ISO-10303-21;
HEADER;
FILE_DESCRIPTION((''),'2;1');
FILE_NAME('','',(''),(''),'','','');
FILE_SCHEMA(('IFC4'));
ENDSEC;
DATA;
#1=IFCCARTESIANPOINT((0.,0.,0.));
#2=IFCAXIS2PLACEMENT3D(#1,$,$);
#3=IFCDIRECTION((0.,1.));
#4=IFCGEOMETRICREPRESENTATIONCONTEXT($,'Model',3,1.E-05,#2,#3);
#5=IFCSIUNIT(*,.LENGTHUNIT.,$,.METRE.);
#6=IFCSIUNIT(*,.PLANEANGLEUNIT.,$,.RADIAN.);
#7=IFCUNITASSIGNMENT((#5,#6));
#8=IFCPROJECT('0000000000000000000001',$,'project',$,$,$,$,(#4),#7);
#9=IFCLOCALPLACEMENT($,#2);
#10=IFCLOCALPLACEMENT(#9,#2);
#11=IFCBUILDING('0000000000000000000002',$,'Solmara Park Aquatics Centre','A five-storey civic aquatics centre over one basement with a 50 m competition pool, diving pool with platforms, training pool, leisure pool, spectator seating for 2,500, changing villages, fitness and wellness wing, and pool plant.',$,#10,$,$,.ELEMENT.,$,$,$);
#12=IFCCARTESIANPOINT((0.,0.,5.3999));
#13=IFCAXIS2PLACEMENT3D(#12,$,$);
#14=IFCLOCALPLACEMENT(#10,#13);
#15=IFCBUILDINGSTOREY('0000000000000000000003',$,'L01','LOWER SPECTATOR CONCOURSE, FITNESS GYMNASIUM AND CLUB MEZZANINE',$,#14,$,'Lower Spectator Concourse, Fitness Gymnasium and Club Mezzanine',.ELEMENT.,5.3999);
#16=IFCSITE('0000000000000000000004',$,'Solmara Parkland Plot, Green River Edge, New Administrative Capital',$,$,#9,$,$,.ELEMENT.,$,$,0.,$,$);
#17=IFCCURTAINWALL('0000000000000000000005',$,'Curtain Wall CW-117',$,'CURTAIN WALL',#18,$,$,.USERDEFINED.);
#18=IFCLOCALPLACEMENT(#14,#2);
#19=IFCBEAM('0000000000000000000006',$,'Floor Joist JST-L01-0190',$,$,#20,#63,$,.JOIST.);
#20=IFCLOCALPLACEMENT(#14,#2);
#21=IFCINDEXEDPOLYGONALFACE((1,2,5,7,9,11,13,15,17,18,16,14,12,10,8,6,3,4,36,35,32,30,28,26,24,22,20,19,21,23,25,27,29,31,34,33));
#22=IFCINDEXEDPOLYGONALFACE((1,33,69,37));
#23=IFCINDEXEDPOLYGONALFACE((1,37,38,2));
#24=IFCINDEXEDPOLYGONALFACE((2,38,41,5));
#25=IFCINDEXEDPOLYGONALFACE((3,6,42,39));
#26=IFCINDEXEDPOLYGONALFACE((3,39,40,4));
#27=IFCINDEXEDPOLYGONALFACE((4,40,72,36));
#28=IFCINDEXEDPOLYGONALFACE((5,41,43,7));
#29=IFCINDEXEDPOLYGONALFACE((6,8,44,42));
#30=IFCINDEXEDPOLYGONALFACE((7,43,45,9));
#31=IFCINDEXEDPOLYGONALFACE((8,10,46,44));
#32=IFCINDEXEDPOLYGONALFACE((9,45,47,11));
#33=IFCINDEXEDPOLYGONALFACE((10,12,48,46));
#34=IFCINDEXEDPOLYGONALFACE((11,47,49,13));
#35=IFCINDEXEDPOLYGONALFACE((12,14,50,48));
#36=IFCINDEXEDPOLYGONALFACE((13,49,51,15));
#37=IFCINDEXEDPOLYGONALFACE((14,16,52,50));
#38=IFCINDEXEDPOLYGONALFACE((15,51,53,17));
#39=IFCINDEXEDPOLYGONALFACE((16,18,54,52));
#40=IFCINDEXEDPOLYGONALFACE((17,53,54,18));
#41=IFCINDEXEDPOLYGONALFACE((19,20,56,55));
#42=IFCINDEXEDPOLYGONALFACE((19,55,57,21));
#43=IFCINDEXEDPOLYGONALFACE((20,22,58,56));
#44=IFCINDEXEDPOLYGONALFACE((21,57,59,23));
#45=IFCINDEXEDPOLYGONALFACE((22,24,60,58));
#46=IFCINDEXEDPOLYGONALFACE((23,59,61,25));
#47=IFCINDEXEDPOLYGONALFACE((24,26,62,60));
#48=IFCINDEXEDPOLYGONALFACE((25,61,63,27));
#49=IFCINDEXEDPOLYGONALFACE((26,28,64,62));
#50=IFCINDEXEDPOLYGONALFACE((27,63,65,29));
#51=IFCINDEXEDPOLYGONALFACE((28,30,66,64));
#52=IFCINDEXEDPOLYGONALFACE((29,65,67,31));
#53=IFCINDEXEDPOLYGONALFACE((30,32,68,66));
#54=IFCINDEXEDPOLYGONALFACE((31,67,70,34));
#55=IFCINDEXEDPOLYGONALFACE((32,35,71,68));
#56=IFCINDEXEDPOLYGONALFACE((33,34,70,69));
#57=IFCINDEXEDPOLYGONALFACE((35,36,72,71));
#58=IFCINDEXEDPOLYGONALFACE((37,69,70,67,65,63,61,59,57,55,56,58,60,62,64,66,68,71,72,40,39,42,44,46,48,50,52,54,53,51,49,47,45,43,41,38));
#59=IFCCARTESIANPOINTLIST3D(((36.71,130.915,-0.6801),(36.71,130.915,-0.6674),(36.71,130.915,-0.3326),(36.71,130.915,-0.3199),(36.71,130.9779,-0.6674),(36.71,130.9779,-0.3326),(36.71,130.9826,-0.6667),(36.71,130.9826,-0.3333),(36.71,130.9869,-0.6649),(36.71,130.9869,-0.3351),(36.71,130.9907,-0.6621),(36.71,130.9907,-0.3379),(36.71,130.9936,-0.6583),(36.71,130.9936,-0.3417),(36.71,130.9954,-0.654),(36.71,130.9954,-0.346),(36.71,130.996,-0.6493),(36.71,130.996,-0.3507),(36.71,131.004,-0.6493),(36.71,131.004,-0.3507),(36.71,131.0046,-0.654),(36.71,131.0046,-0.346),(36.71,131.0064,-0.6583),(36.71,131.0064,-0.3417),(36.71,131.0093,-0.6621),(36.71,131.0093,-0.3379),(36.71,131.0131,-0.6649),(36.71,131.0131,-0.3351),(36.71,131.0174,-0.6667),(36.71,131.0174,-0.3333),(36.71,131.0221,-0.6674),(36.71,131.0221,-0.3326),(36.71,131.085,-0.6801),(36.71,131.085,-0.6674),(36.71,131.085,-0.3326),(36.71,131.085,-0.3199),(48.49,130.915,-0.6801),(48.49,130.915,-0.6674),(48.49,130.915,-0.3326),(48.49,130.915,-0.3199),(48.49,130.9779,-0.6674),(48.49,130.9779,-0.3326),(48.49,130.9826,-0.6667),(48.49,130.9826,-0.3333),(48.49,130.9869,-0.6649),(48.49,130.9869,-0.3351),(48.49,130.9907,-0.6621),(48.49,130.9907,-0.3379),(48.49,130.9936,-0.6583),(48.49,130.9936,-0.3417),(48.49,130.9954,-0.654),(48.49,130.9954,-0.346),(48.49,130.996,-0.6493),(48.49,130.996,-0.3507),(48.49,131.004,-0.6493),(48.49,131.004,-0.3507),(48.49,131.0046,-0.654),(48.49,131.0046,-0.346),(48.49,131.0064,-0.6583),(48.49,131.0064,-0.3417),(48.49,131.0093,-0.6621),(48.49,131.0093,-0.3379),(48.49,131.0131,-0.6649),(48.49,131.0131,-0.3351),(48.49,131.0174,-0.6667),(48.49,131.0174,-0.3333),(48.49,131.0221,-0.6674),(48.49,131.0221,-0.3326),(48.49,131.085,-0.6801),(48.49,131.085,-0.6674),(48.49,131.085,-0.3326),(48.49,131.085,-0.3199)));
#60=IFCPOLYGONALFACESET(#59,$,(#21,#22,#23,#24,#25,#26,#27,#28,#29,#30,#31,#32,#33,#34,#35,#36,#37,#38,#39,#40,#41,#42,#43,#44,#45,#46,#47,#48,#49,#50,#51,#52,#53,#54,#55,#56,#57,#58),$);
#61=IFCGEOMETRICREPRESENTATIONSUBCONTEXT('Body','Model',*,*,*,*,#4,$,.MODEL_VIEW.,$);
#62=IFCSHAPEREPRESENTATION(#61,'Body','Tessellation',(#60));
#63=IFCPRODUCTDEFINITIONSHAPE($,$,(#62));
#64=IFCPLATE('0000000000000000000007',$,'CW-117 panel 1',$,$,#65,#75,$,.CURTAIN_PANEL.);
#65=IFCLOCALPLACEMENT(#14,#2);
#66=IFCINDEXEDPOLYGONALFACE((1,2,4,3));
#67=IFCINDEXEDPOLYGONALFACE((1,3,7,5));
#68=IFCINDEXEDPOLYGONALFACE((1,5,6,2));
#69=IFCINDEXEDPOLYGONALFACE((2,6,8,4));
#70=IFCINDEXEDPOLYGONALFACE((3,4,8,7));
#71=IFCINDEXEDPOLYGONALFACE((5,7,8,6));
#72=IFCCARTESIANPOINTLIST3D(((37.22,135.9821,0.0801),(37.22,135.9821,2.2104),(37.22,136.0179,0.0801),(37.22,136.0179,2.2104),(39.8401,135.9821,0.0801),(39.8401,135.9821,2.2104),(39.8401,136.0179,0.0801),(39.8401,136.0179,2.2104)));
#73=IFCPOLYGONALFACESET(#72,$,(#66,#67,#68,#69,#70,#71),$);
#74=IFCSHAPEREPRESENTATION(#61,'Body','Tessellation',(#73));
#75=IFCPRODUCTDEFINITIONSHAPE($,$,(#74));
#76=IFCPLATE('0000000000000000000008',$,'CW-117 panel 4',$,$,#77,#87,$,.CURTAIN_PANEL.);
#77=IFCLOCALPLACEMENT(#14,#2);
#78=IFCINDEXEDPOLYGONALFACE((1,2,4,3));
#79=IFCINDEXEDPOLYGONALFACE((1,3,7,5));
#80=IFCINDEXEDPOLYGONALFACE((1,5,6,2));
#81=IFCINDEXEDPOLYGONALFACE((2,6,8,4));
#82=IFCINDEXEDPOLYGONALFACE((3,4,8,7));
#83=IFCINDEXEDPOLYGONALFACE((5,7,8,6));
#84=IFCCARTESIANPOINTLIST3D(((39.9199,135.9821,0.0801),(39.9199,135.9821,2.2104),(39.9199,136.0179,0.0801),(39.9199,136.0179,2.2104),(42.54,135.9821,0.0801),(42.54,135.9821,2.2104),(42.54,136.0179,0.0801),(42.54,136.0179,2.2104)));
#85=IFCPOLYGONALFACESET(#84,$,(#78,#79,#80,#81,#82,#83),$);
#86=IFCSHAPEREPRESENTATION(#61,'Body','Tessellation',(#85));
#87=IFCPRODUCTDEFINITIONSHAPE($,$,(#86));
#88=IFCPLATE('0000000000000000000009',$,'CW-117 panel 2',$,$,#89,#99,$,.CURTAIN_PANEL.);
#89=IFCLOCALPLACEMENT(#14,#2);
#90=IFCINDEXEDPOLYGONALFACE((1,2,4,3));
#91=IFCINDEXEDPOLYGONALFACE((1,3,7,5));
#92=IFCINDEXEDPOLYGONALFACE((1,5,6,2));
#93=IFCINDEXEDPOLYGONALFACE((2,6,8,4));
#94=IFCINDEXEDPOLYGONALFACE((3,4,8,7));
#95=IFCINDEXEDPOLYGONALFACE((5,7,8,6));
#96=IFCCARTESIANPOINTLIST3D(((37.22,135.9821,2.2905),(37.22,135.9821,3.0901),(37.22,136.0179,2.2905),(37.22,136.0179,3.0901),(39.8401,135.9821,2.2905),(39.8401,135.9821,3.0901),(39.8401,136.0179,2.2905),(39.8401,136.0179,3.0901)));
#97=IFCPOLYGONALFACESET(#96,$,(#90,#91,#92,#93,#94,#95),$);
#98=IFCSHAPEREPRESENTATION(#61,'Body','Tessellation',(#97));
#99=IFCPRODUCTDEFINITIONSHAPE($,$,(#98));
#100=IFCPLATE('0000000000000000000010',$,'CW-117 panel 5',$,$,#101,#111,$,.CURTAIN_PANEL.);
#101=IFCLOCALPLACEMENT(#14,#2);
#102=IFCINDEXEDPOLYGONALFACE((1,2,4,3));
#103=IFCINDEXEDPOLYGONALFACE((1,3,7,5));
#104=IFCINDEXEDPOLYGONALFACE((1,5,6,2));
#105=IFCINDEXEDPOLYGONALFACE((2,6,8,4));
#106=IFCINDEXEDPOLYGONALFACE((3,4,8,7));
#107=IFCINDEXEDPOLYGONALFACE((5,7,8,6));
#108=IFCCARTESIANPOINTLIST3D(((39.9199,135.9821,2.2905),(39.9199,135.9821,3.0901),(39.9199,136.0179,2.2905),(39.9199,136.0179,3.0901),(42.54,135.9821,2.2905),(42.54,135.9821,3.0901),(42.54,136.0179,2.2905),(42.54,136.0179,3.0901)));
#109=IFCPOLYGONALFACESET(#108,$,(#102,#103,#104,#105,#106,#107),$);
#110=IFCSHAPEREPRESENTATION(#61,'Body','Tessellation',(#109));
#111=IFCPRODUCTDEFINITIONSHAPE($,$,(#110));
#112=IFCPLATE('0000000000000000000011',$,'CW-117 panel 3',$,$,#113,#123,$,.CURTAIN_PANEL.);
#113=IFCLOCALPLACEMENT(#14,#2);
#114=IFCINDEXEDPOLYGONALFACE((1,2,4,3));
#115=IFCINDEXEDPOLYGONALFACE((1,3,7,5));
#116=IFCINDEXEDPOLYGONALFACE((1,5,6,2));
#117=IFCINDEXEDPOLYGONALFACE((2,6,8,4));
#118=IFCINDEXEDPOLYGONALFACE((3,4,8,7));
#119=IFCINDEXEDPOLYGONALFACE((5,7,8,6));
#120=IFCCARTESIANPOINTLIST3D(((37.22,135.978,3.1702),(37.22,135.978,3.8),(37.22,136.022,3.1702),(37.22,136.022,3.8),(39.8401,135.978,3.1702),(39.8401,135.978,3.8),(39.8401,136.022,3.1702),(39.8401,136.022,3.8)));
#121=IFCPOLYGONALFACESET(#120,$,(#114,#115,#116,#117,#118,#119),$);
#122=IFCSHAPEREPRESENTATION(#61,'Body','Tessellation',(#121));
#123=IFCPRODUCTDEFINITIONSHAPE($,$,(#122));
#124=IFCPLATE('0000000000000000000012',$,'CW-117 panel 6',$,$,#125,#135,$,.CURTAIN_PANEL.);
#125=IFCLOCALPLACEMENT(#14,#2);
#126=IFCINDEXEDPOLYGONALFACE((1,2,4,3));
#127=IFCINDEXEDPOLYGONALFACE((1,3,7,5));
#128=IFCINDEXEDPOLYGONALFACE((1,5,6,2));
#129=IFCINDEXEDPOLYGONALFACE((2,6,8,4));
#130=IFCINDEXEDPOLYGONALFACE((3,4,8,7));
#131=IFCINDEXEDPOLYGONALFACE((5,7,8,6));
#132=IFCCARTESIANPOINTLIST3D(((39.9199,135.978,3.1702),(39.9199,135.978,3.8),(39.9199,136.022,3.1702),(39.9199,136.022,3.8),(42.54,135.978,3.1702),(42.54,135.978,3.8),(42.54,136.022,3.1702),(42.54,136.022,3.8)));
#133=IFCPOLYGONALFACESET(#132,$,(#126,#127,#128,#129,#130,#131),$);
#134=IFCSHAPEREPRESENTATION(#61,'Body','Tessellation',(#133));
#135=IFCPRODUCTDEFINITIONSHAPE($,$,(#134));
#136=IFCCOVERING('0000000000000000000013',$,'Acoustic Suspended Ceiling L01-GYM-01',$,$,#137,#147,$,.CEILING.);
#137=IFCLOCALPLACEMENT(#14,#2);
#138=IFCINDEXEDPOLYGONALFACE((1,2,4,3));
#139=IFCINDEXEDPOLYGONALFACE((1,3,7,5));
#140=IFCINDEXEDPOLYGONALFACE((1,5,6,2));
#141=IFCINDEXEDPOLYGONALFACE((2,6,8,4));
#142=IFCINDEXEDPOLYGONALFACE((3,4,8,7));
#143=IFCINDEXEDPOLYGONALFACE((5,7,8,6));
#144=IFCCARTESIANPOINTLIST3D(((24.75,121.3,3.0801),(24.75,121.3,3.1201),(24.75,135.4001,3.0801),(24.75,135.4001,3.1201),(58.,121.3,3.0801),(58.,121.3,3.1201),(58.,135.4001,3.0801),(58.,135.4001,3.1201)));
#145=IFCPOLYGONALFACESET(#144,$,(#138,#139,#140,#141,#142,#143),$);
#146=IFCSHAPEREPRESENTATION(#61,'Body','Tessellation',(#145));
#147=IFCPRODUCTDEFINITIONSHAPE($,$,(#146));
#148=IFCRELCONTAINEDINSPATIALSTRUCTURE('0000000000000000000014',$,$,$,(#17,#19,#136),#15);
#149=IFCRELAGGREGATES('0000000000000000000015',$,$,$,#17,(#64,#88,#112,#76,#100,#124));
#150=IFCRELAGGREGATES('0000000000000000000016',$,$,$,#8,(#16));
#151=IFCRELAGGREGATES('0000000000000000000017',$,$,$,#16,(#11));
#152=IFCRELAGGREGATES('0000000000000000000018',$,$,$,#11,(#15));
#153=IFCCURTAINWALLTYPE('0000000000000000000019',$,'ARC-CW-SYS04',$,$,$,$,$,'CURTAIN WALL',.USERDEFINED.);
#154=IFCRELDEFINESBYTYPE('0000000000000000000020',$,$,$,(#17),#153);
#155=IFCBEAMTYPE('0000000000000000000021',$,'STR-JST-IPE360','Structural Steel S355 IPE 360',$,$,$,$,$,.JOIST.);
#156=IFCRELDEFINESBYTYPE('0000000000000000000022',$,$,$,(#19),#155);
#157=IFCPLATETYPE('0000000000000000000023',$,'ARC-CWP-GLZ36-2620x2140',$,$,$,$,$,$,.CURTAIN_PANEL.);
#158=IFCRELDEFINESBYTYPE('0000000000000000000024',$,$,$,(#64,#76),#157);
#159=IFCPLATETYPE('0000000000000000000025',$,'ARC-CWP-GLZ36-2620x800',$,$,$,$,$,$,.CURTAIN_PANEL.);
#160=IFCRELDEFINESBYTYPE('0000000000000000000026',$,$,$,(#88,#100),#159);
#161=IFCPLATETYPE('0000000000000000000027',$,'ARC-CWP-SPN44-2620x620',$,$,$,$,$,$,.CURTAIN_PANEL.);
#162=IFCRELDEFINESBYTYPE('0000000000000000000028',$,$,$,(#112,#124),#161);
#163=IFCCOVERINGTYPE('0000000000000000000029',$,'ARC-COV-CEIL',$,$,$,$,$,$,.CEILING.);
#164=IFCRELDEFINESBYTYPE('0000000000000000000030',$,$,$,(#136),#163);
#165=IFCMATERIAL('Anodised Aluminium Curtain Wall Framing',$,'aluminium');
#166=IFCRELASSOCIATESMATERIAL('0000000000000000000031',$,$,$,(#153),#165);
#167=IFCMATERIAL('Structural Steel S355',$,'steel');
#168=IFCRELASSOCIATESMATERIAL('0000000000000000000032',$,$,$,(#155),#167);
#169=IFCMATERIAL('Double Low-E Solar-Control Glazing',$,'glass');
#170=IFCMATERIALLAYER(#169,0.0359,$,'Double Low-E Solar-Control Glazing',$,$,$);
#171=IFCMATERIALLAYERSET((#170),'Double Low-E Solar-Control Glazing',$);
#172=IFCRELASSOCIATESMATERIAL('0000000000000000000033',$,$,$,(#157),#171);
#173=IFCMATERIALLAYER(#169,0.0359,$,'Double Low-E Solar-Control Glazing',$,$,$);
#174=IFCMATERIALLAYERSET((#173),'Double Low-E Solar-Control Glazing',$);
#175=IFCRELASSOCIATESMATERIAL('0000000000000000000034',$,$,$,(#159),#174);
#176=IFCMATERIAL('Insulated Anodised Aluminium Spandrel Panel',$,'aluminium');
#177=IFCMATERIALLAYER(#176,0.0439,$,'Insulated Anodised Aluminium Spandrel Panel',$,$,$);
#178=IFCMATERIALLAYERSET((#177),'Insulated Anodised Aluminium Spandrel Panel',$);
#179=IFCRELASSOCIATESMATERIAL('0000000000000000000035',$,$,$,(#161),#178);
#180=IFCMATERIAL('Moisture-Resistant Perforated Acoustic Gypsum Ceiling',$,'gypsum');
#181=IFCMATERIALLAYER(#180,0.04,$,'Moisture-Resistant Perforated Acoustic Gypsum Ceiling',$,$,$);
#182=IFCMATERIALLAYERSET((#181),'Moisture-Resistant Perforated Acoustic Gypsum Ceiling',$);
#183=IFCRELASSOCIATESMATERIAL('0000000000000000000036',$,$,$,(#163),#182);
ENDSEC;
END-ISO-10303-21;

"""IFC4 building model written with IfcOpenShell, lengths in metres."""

from ifc_helpers import new_model, si_unit, direction, frame, origin, origin_2d, place, context, subcontext, project, spatial, rectangle, i_section, extrude, material, layer, layer_set, material_profile, profile_set, type_object, element, aggregate, save


model = new_model("IFC4")

# Units and contexts
model_context = context("Model", 3, precision=1e-05, world=origin(), true_north=direction((0.0, 1.0)))
body_context = subcontext(model_context, "Body", "Model", "MODEL_VIEW")
ifc_project = project(units=[si_unit("LENGTHUNIT", "METRE"), si_unit("PLANEANGLEUNIT", "RADIAN")], contexts=[model_context])

# Site, building, storey
site_placement = place(None, origin())
site = spatial("IfcSite", under=ifc_project, at=site_placement, Name="Solmara Parkland Plot, Green River Edge, New Administrative Capital", CompositionType="ELEMENT", RefElevation=0.0)
building_placement = place(site_placement, origin())
building = spatial("IfcBuilding", under=site, at=building_placement, Name="Solmara Park Aquatics Centre", Description="A five-storey civic aquatics centre over one basement with a 50 m competition pool, diving pool with platforms, training pool, leisure pool, spectator seating for 2,500, changing villages, fitness and wellness wing, and pool plant.", CompositionType="ELEMENT")
storey_placement = place(building_placement, frame((0.0, 0.0, 5.3999)))
storey = spatial("IfcBuildingStorey", under=building, at=storey_placement, Name="L01", Description="LOWER SPECTATOR CONCOURSE, FITNESS GYMNASIUM AND CLUB MEZZANINE", LongName="Lower Spectator Concourse, Fitness Gymnasium and Club Mezzanine", CompositionType="ELEMENT", Elevation=5.3999)

# Shared definitions
ifc_material_1 = material(Name="Structural Steel S355", Category="steel")

# Curtain wall
ifc_material_2 = material(Name="Anodised Aluminium Curtain Wall Framing", Category="aluminium")
curtain_wall_type = type_object("IfcCurtainWallType", Name="ARC-CW-SYS04", ElementType="CURTAIN WALL", PredefinedType="USERDEFINED", material=ifc_material_2)
curtain_wall_placement = place(storey_placement, origin())
curtain_wall = element("IfcCurtainWall", 1, at=curtain_wall_placement, inside=storey, type_object=curtain_wall_type, Name="Curtain Wall CW-117", ObjectType="CURTAIN WALL", PredefinedType="USERDEFINED")

# Beam
ifc_material_profile_1 = material_profile(ifc_material_1, i_section(OverallWidth=0.1699, OverallDepth=0.3601, WebThickness=0.0081, FlangeThickness=0.0127, FilletRadius=0.0181, at=origin_2d()), Name="IPE 360")
ifc_profile_set_1 = profile_set([ifc_material_profile_1], Name="Structural Steel S355")
beam_type_1 = type_object("IfcBeamType", Name="STR-JST-IPE360", Description="Structural Steel S355 IPE 360", PredefinedType="JOIST", material=ifc_profile_set_1)
for number, where, z_axis, x_axis, name in (
    (2, (36.71, 131.0, -0.5), (1.0, 0.0, 0.0), (0.0, 1.0, 0.0), "Floor Joist JST-L01-0190"),
):
    element("IfcBeam", number, at=place(storey_placement, frame(where, z_axis=z_axis, x_axis=x_axis)), inside=storey, type_object=beam_type_1, Name=name, PredefinedType="JOIST", context=body_context, shape_type="SweptSolid", body=[
        extrude(i_section(OverallWidth=0.1699, OverallDepth=0.3601, WebThickness=0.0081, FlangeThickness=0.0127, FilletRadius=0.0181, at=origin_2d()), origin(), (0.0, 0.0, 1.0), 11.78),
    ])

# Plates
ifc_material_3 = material(Name="Double Low-E Solar-Control Glazing", Category="glass")
ifc_layer_1 = layer(ifc_material_3, 0.0359, Name="Double Low-E Solar-Control Glazing")
ifc_layer_set_1 = layer_set([ifc_layer_1], Name="Double Low-E Solar-Control Glazing")
plate_type_1 = type_object("IfcPlateType", Name="ARC-CWP-GLZ36-2620x2140", PredefinedType="CURTAIN_PANEL", material=ifc_layer_set_1)
plate_1_placement = place(storey_placement, frame((38.53, 136.0, 0.0801), z_axis=(0.0, 0.0, 1.0), x_axis=(1.0, 0.0, 0.0)))
plate_1 = element("IfcPlate", 3, at=plate_1_placement, type_object=plate_type_1, Name="CW-117 panel 1", PredefinedType="CURTAIN_PANEL", context=body_context, shape_type="SweptSolid", body=[
    extrude(rectangle(XDim=2.6201, YDim=0.0359, at=origin_2d()), origin(), (0.0, 0.0, 1.0), 2.1304),
])
plate_2_placement = place(storey_placement, frame((41.23, 136.0, 0.0801), z_axis=(0.0, 0.0, 1.0), x_axis=(1.0, 0.0, 0.0)))
plate_2 = element("IfcPlate", 4, at=plate_2_placement, type_object=plate_type_1, Name="CW-117 panel 4", PredefinedType="CURTAIN_PANEL", context=body_context, shape_type="SweptSolid", body=[
    extrude(rectangle(XDim=2.6201, YDim=0.0359, at=origin_2d()), origin(), (0.0, 0.0, 1.0), 2.1304),
])
ifc_layer_2 = layer(ifc_material_3, 0.0359, Name="Double Low-E Solar-Control Glazing")
ifc_layer_set_2 = layer_set([ifc_layer_2], Name="Double Low-E Solar-Control Glazing")
plate_type_2 = type_object("IfcPlateType", Name="ARC-CWP-GLZ36-2620x800", PredefinedType="CURTAIN_PANEL", material=ifc_layer_set_2)
plate_3_placement = place(storey_placement, frame((38.53, 136.0, 2.2905), z_axis=(0.0, 0.0, 1.0), x_axis=(1.0, 0.0, 0.0)))
plate_3 = element("IfcPlate", 5, at=plate_3_placement, type_object=plate_type_2, Name="CW-117 panel 2", PredefinedType="CURTAIN_PANEL", context=body_context, shape_type="SweptSolid", body=[
    extrude(rectangle(XDim=2.6201, YDim=0.0359, at=origin_2d()), origin(), (0.0, 0.0, 1.0), 0.7996),
])
plate_4_placement = place(storey_placement, frame((41.23, 136.0, 2.2905), z_axis=(0.0, 0.0, 1.0), x_axis=(1.0, 0.0, 0.0)))
plate_4 = element("IfcPlate", 6, at=plate_4_placement, type_object=plate_type_2, Name="CW-117 panel 5", PredefinedType="CURTAIN_PANEL", context=body_context, shape_type="SweptSolid", body=[
    extrude(rectangle(XDim=2.6201, YDim=0.0359, at=origin_2d()), origin(), (0.0, 0.0, 1.0), 0.7996),
])
ifc_material_4 = material(Name="Insulated Anodised Aluminium Spandrel Panel", Category="aluminium")
ifc_layer_3 = layer(ifc_material_4, 0.0439, Name="Insulated Anodised Aluminium Spandrel Panel")
ifc_layer_set_3 = layer_set([ifc_layer_3], Name="Insulated Anodised Aluminium Spandrel Panel")
plate_type_3 = type_object("IfcPlateType", Name="ARC-CWP-SPN44-2620x620", PredefinedType="CURTAIN_PANEL", material=ifc_layer_set_3)
plate_5_placement = place(storey_placement, frame((38.53, 136.0, 3.1702), z_axis=(0.0, 0.0, 1.0), x_axis=(1.0, 0.0, 0.0)))
plate_5 = element("IfcPlate", 7, at=plate_5_placement, type_object=plate_type_3, Name="CW-117 panel 3", PredefinedType="CURTAIN_PANEL", context=body_context, shape_type="SweptSolid", body=[
    extrude(rectangle(XDim=2.6201, YDim=0.0439, at=origin_2d()), origin(), (0.0, 0.0, 1.0), 0.6299),
])
plate_6_placement = place(storey_placement, frame((41.23, 136.0, 3.1702), z_axis=(0.0, 0.0, 1.0), x_axis=(1.0, 0.0, 0.0)))
plate_6 = element("IfcPlate", 8, at=plate_6_placement, type_object=plate_type_3, Name="CW-117 panel 6", PredefinedType="CURTAIN_PANEL", context=body_context, shape_type="SweptSolid", body=[
    extrude(rectangle(XDim=2.6201, YDim=0.0439, at=origin_2d()), origin(), (0.0, 0.0, 1.0), 0.6299),
])
aggregate(curtain_wall, [plate_1, plate_3, plate_5, plate_2, plate_4, plate_6])

# Covering
ifc_material_5 = material(Name="Moisture-Resistant Perforated Acoustic Gypsum Ceiling", Category="gypsum")
ifc_layer_4 = layer(ifc_material_5, 0.04, Name="Moisture-Resistant Perforated Acoustic Gypsum Ceiling")
ifc_layer_set_4 = layer_set([ifc_layer_4], Name="Moisture-Resistant Perforated Acoustic Gypsum Ceiling")
covering_type = type_object("IfcCoveringType", Name="ARC-COV-CEIL", PredefinedType="CEILING", material=ifc_layer_set_4)
covering_placement = place(storey_placement, frame((41.375, 128.3501, 3.0801), z_axis=(0.0, 0.0, 1.0), x_axis=(1.0, 0.0, 0.0)))
element("IfcCovering", 9, at=covering_placement, inside=storey, type_object=covering_type, Name="Acoustic Suspended Ceiling L01-GYM-01", PredefinedType="CEILING", context=body_context, shape_type="SweptSolid", body=[
    extrude(rectangle(XDim=33.25, YDim=14.1001, at=origin_2d()), origin(), (0.0, 0.0, 1.0), 0.04),
])

save(model, "model.ifc")
